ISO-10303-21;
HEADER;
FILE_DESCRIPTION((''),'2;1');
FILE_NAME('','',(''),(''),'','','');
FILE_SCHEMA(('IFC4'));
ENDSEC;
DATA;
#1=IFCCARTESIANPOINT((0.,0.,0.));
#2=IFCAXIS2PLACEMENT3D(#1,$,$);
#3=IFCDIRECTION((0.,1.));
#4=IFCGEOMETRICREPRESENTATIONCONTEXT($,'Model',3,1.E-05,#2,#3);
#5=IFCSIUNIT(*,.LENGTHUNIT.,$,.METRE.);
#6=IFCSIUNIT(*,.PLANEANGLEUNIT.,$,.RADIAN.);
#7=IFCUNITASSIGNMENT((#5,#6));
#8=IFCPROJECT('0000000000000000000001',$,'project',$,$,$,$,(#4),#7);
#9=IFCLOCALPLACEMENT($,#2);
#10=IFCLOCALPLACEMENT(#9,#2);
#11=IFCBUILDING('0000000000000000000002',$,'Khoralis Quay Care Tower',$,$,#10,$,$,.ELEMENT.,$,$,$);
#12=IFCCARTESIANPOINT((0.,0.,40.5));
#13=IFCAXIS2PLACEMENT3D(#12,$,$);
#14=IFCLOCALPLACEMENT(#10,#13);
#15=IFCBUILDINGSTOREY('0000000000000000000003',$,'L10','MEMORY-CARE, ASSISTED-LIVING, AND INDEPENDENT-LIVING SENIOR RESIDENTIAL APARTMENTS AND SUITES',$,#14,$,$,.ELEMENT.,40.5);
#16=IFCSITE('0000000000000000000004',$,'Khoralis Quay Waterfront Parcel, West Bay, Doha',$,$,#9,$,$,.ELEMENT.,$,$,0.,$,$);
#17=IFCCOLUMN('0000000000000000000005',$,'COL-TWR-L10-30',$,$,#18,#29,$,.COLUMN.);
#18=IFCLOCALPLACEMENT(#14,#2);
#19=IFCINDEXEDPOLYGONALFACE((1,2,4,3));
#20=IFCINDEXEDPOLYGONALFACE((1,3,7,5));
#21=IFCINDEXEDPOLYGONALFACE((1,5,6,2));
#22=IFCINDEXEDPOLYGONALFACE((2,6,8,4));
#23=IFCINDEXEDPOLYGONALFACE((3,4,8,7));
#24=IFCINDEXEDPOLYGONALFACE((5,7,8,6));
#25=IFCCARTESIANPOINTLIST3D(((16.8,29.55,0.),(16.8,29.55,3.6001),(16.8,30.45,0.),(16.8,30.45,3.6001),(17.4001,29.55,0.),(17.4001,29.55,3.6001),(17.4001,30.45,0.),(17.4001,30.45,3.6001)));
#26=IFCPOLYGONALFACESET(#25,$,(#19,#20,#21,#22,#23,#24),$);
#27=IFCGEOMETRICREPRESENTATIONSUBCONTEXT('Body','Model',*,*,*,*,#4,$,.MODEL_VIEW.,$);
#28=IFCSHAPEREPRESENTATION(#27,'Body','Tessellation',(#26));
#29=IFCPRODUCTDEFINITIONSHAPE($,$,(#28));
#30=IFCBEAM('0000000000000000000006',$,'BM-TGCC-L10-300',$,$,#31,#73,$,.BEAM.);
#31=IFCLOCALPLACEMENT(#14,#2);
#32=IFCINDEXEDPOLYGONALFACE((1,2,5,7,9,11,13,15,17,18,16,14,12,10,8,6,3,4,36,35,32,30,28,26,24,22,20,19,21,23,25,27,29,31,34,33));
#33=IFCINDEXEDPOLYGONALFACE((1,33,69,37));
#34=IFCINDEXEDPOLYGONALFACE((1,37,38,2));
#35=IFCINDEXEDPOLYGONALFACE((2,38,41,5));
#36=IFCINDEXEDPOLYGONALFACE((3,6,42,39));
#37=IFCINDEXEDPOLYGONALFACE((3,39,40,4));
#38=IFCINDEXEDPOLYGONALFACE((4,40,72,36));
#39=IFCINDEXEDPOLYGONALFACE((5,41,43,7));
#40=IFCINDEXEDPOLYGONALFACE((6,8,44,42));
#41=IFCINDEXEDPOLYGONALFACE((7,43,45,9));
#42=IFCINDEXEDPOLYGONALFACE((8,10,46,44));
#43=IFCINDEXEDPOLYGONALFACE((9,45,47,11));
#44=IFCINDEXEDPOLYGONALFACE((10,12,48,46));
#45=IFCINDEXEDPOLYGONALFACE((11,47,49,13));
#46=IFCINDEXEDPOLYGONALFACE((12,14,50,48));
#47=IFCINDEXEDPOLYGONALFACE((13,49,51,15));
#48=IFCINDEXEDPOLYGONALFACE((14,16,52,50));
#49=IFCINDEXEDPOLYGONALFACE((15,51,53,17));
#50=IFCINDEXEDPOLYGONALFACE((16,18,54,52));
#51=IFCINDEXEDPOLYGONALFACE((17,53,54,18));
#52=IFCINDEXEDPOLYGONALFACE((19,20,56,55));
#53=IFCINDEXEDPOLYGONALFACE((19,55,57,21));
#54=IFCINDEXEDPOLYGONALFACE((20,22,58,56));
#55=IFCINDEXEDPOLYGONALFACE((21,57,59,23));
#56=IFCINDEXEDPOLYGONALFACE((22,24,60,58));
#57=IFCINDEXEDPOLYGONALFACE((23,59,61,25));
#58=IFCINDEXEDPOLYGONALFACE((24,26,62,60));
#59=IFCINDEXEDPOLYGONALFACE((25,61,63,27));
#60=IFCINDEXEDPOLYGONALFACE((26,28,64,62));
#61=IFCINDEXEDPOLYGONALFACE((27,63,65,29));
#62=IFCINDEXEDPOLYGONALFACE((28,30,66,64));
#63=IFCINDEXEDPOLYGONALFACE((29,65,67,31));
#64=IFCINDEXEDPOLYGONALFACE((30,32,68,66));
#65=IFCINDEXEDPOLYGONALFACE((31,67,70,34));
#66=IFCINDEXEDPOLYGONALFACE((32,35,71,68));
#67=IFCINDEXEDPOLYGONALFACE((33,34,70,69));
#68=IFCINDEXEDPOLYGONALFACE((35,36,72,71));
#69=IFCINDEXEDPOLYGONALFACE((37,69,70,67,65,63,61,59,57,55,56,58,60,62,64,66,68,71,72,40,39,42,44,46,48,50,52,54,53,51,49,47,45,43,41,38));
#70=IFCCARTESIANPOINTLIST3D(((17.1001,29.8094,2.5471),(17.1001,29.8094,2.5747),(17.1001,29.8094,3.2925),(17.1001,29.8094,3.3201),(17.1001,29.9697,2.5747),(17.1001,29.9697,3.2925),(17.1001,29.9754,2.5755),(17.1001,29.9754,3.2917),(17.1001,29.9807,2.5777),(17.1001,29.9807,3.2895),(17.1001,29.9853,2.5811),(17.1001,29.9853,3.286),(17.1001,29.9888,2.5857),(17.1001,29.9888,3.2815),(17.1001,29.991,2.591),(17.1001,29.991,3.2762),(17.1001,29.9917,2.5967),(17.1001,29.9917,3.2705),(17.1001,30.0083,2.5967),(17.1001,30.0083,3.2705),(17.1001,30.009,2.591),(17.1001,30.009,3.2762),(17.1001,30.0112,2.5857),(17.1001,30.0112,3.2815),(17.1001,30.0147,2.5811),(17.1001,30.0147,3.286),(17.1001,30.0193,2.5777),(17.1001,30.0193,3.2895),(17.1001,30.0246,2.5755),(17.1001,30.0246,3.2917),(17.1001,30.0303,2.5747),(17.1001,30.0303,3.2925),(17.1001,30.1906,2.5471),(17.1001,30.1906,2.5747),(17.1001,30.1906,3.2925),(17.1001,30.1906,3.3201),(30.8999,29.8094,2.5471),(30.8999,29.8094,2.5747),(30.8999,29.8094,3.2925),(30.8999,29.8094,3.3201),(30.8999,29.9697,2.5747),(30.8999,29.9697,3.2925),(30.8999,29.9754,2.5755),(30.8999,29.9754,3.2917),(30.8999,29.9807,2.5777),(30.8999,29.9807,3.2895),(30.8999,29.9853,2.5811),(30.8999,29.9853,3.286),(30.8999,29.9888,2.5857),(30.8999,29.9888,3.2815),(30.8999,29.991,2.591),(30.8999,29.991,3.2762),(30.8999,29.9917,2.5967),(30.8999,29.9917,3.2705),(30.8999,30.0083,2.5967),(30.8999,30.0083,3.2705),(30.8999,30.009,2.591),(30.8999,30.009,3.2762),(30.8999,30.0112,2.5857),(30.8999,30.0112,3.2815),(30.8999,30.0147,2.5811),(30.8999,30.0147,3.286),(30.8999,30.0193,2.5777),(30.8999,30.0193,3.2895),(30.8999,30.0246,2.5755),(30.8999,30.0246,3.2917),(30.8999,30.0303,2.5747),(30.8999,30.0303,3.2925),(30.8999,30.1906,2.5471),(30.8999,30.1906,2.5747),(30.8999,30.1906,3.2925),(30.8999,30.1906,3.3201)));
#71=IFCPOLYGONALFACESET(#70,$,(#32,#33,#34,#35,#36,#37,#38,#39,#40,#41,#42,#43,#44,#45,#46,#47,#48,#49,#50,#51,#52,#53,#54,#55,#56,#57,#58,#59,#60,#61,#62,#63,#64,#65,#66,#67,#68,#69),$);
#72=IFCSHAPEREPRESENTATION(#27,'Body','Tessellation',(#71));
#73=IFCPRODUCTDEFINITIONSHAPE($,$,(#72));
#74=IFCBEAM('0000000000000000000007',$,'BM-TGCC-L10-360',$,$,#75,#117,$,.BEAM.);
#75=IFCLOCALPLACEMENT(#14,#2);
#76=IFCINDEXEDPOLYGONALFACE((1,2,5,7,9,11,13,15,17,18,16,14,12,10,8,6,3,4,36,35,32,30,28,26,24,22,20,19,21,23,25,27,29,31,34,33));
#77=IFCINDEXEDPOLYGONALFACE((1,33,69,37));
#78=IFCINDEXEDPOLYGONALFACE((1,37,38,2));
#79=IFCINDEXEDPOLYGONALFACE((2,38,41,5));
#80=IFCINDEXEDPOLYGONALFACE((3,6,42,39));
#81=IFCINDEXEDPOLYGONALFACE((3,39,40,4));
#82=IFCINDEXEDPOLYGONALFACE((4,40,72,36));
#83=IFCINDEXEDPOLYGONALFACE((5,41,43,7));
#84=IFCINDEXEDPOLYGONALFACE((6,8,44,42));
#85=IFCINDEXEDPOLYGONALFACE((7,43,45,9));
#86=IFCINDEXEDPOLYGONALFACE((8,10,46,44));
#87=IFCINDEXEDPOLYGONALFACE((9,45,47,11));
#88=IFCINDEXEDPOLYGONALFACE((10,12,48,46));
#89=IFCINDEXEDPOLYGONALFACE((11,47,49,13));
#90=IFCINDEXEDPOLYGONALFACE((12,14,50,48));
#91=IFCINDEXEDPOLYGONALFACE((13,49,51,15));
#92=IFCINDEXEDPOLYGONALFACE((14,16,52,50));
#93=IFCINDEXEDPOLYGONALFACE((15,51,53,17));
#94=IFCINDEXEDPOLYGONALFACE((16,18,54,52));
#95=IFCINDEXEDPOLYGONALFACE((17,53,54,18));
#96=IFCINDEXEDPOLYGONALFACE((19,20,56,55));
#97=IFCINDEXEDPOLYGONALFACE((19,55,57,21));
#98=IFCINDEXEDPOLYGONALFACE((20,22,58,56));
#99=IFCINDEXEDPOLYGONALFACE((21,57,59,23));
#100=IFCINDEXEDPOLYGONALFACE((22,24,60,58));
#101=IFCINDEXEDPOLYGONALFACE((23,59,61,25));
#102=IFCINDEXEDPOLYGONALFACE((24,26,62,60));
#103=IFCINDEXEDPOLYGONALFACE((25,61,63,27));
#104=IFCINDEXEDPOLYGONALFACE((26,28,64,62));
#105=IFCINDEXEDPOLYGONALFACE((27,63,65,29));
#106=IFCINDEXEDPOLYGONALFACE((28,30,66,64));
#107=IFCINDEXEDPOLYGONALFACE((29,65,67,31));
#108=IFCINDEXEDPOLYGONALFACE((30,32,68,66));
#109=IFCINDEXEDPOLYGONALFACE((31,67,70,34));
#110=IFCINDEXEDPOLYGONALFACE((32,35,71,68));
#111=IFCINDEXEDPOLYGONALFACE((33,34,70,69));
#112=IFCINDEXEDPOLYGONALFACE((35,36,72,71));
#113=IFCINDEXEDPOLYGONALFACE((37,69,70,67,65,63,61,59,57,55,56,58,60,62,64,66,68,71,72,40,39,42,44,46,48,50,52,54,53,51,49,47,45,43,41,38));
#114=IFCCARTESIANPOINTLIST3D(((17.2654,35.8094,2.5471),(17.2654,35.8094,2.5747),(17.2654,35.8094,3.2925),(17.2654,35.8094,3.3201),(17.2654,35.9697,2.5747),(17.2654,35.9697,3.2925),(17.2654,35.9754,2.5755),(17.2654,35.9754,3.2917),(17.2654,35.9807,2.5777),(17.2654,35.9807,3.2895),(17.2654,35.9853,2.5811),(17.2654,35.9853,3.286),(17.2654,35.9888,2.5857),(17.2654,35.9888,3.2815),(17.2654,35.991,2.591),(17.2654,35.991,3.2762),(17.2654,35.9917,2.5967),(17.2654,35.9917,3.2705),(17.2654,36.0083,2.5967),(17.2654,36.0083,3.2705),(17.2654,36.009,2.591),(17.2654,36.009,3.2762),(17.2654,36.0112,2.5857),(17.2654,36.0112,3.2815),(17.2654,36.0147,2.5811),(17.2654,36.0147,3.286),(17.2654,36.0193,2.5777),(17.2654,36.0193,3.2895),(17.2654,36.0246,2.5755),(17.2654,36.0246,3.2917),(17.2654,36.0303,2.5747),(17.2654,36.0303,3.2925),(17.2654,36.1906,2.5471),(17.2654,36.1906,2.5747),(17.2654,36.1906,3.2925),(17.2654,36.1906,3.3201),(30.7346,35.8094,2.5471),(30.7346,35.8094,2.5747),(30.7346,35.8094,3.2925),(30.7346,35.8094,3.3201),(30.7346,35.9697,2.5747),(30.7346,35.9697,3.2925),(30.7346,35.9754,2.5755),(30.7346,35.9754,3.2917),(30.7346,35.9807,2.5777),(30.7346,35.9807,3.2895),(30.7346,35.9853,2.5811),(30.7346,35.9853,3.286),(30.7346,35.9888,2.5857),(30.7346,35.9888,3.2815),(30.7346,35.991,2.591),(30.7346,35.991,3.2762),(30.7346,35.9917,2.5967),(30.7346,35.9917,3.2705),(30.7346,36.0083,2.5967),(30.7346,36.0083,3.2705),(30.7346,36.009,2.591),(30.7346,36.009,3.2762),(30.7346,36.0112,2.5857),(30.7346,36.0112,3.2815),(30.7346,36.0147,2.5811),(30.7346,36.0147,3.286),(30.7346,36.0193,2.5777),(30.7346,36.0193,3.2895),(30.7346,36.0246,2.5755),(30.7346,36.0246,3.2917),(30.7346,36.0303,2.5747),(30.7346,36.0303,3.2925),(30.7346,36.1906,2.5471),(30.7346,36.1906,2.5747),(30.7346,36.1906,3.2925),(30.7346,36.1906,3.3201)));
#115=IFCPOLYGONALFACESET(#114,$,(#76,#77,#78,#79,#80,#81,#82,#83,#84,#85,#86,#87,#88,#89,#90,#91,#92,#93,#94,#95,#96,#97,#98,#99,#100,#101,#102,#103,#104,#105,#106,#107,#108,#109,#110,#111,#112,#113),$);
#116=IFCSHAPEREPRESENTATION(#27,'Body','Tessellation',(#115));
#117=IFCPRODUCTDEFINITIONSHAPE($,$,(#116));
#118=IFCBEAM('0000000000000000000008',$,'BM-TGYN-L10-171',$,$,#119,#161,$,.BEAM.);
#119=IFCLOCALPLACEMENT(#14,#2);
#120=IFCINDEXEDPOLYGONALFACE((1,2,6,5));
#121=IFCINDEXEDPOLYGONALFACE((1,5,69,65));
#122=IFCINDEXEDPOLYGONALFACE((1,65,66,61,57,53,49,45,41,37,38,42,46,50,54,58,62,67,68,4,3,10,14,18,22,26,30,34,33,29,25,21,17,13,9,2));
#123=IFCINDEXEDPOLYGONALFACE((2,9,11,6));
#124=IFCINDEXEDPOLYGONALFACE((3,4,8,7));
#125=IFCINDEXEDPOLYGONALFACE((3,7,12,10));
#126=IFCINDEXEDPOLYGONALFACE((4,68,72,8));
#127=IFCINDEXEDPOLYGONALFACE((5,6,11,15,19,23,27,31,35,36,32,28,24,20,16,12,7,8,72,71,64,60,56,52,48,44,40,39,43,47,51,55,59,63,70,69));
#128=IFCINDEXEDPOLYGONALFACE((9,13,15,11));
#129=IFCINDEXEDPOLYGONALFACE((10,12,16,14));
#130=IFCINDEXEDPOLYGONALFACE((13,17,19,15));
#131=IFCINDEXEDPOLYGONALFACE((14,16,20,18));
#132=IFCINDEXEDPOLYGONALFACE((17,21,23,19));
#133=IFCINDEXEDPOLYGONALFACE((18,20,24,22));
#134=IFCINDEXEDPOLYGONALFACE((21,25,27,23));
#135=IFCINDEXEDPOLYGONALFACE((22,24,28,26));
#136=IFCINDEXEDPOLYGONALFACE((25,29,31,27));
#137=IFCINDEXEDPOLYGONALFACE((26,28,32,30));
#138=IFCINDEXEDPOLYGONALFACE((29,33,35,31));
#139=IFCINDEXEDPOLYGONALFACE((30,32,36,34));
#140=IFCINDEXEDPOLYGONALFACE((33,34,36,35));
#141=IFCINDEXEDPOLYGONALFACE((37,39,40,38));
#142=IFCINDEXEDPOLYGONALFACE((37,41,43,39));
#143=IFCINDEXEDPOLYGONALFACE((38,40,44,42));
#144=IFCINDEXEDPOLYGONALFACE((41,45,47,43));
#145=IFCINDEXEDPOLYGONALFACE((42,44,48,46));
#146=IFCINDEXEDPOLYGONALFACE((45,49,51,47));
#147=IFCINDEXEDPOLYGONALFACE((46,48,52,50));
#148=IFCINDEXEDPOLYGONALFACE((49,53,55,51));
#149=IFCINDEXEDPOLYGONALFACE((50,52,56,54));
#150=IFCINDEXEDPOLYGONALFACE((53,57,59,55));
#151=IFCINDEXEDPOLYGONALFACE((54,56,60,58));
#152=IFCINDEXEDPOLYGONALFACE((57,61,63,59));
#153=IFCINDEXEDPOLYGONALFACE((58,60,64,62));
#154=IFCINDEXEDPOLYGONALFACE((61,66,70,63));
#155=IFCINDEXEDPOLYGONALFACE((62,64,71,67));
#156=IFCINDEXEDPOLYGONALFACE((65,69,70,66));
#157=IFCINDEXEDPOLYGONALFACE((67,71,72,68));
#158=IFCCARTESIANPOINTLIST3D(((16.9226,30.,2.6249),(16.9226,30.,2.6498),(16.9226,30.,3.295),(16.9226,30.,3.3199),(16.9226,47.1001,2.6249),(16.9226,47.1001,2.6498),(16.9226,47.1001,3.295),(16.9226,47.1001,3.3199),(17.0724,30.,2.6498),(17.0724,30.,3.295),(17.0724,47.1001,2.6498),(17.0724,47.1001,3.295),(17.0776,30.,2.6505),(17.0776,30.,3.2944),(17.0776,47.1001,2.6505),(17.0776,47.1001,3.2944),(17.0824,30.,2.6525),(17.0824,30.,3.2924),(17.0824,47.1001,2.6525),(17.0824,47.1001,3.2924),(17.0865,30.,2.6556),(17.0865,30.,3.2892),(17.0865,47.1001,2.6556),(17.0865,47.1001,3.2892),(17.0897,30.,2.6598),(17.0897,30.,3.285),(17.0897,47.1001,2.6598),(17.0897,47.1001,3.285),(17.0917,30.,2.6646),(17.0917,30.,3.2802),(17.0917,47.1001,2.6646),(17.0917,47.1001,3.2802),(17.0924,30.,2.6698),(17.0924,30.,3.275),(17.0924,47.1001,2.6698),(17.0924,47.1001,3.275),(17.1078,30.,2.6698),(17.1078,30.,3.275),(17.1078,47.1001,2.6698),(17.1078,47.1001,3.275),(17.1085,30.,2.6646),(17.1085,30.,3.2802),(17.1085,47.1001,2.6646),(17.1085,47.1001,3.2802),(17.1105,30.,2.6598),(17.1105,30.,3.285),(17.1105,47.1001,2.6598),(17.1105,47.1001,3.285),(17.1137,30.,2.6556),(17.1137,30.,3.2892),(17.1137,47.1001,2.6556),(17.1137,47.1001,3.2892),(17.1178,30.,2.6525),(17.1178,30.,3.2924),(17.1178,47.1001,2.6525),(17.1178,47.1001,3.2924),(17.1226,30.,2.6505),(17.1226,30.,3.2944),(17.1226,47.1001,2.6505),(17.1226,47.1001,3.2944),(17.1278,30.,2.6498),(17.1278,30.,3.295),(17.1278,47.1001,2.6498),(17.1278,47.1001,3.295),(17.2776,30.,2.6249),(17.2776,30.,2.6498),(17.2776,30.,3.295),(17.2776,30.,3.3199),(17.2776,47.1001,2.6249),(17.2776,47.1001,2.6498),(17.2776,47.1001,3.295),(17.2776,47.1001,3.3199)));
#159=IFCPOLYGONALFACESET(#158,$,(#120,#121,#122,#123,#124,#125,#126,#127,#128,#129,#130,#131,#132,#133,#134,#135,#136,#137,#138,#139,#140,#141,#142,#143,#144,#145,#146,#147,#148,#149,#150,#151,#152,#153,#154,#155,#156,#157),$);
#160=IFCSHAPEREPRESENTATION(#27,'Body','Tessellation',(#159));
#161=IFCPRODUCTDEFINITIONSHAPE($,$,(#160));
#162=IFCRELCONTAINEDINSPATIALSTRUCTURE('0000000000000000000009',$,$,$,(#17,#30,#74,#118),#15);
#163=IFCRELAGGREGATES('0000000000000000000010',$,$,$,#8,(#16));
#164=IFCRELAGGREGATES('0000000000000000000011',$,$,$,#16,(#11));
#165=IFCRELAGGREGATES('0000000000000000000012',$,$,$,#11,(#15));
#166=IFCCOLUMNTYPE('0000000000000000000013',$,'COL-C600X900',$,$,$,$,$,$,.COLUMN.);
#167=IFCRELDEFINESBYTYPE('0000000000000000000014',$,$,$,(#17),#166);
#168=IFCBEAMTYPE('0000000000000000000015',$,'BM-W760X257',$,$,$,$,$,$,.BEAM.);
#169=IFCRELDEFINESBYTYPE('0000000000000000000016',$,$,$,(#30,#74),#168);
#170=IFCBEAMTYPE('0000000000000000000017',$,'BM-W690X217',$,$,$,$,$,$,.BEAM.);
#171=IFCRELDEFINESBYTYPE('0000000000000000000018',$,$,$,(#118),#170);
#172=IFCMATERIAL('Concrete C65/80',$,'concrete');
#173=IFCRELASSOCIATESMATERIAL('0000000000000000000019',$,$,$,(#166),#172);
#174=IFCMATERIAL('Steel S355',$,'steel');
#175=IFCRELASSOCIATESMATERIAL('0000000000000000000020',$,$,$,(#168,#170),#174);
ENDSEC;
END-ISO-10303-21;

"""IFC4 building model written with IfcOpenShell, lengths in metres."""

from ifc_helpers import new_model, si_unit, direction, frame, origin, origin_2d, place, context, subcontext, project, spatial, rectangle, i_section, extrude, source, transform, mapped, material, material_profile, profile_set, type_object, element, save


model = new_model("IFC4")

# Units and contexts
model_context = context("Model", 3, precision=1e-05, world=origin(), true_north=direction((0.0, 1.0)))
body_context = subcontext(model_context, "Body", "Model", "MODEL_VIEW")
ifc_project = project(units=[si_unit("LENGTHUNIT", "METRE"), si_unit("PLANEANGLEUNIT", "RADIAN")], contexts=[model_context])

# Site, building, storey
site_placement = place(None, origin())
site = spatial("IfcSite", under=ifc_project, at=site_placement, Name="Khoralis Quay Waterfront Parcel, West Bay, Doha", CompositionType="ELEMENT", RefElevation=0.0)
building_placement = place(site_placement, origin())
building = spatial("IfcBuilding", under=site, at=building_placement, Name="Khoralis Quay Care Tower", CompositionType="ELEMENT")
storey_placement = place(building_placement, frame((0.0, 0.0, 40.5)))
storey = spatial("IfcBuildingStorey", under=building, at=storey_placement, Name="L10", Description="MEMORY-CARE, ASSISTED-LIVING, AND INDEPENDENT-LIVING SENIOR RESIDENTIAL APARTMENTS AND SUITES", CompositionType="ELEMENT", Elevation=40.5)

# Column
ifc_material_1 = material(Name="Concrete C65/80", Category="concrete")
ifc_material_profile_1 = material_profile(ifc_material_1, rectangle(XDim=0.6001, YDim=0.8999, at=origin_2d()), Name="Concrete C65/80")
ifc_profile_set_1 = profile_set([ifc_material_profile_1], Name="Concrete C65/80")
column_type = type_object("IfcColumnType", Name="COL-C600X900", PredefinedType="COLUMN", material=ifc_profile_set_1)
shared_shape_1 = source(origin(), body_context, "Body", "SweptSolid", [
    extrude(rectangle(XDim=0.6001, YDim=0.8999, at=origin_2d()), origin(), (0.0, 0.0, 1.0), 3.6001),
])
column_placement = place(storey_placement, frame((17.1001, 30.0, 0.0), z_axis=(0.0, 0.0, 1.0), x_axis=(1.0, 0.0, 0.0)))
element("IfcColumn", 1, at=column_placement, inside=storey, type_object=column_type, Name="COL-TWR-L10-30", PredefinedType="COLUMN", context=body_context, shape_type="MappedRepresentation", body=[
    mapped(shared_shape_1, transform((0.0, 0.0, 0.0), scale=1.0)),
])

# Beams
ifc_material_2 = material(Name="Steel S355", Category="steel")
ifc_material_profile_2 = material_profile(ifc_material_2, i_section(OverallWidth=0.3811, OverallDepth=0.7729, WebThickness=0.0166, FlangeThickness=0.0276, FilletRadius=0.022, at=origin_2d()), Name="Steel S355")
ifc_profile_set_2 = profile_set([ifc_material_profile_2], Name="Steel S355")
beam_type_1 = type_object("IfcBeamType", Name="BM-W760X257", PredefinedType="BEAM", material=ifc_profile_set_2)
shared_shape_2 = source(origin(), body_context, "Body", "SweptSolid", [
    extrude(i_section(OverallWidth=0.3811, OverallDepth=0.7729, WebThickness=0.0166, FlangeThickness=0.0276, FilletRadius=0.022, at=origin_2d()), origin(), (0.0, 0.0, 1.0), 13.7998),
])
beam_1_placement = place(storey_placement, frame((17.1001, 30.0, 2.9336), z_axis=(1.0, 0.0, 0.0), x_axis=(0.0, 1.0, 0.0)))
element("IfcBeam", 2, at=beam_1_placement, inside=storey, type_object=beam_type_1, Name="BM-TGCC-L10-300", PredefinedType="BEAM", context=body_context, shape_type="MappedRepresentation", body=[
    mapped(shared_shape_2, transform((0.0, 0.0, 0.0), scale=1.0)),
])
shared_shape_3 = source(origin(), body_context, "Body", "SweptSolid", [
    extrude(i_section(OverallWidth=0.3811, OverallDepth=0.7729, WebThickness=0.0166, FlangeThickness=0.0276, FilletRadius=0.022, at=origin_2d()), origin(), (0.0, 0.0, 1.0), 13.4692),
])
beam_2_placement = place(storey_placement, frame((17.2654, 36.0, 2.9336), z_axis=(1.0, 0.0, 0.0), x_axis=(0.0, 1.0, 0.0)))
element("IfcBeam", 3, at=beam_2_placement, inside=storey, type_object=beam_type_1, Name="BM-TGCC-L10-360", PredefinedType="BEAM", context=body_context, shape_type="MappedRepresentation", body=[
    mapped(shared_shape_3, transform((0.0, 0.0, 0.0), scale=1.0)),
])
ifc_material_profile_3 = material_profile(ifc_material_2, i_section(OverallWidth=0.355, OverallDepth=0.6951, WebThickness=0.0154, FlangeThickness=0.0249, FilletRadius=0.02, at=origin_2d()), Name="Steel S355")
ifc_profile_set_3 = profile_set([ifc_material_profile_3], Name="Steel S355")
beam_type_2 = type_object("IfcBeamType", Name="BM-W690X217", PredefinedType="BEAM", material=ifc_profile_set_3)
shared_shape_4 = source(origin(), body_context, "Body", "SweptSolid", [
    extrude(i_section(OverallWidth=0.355, OverallDepth=0.6951, WebThickness=0.0154, FlangeThickness=0.0249, FilletRadius=0.02, at=origin_2d()), origin(), (0.0, 0.0, 1.0), 17.1001),
])
beam_3_placement = place(storey_placement, frame((17.1001, 30.0, 2.9724), z_axis=(0.0, 1.0, 0.0), x_axis=(-1.0, 0.0, 0.0)))
element("IfcBeam", 4, at=beam_3_placement, inside=storey, type_object=beam_type_2, Name="BM-TGYN-L10-171", PredefinedType="BEAM", context=body_context, shape_type="MappedRepresentation", body=[
    mapped(shared_shape_4, transform((0.0, 0.0, 0.0), scale=1.0)),
])

save(model, "model.ifc")
